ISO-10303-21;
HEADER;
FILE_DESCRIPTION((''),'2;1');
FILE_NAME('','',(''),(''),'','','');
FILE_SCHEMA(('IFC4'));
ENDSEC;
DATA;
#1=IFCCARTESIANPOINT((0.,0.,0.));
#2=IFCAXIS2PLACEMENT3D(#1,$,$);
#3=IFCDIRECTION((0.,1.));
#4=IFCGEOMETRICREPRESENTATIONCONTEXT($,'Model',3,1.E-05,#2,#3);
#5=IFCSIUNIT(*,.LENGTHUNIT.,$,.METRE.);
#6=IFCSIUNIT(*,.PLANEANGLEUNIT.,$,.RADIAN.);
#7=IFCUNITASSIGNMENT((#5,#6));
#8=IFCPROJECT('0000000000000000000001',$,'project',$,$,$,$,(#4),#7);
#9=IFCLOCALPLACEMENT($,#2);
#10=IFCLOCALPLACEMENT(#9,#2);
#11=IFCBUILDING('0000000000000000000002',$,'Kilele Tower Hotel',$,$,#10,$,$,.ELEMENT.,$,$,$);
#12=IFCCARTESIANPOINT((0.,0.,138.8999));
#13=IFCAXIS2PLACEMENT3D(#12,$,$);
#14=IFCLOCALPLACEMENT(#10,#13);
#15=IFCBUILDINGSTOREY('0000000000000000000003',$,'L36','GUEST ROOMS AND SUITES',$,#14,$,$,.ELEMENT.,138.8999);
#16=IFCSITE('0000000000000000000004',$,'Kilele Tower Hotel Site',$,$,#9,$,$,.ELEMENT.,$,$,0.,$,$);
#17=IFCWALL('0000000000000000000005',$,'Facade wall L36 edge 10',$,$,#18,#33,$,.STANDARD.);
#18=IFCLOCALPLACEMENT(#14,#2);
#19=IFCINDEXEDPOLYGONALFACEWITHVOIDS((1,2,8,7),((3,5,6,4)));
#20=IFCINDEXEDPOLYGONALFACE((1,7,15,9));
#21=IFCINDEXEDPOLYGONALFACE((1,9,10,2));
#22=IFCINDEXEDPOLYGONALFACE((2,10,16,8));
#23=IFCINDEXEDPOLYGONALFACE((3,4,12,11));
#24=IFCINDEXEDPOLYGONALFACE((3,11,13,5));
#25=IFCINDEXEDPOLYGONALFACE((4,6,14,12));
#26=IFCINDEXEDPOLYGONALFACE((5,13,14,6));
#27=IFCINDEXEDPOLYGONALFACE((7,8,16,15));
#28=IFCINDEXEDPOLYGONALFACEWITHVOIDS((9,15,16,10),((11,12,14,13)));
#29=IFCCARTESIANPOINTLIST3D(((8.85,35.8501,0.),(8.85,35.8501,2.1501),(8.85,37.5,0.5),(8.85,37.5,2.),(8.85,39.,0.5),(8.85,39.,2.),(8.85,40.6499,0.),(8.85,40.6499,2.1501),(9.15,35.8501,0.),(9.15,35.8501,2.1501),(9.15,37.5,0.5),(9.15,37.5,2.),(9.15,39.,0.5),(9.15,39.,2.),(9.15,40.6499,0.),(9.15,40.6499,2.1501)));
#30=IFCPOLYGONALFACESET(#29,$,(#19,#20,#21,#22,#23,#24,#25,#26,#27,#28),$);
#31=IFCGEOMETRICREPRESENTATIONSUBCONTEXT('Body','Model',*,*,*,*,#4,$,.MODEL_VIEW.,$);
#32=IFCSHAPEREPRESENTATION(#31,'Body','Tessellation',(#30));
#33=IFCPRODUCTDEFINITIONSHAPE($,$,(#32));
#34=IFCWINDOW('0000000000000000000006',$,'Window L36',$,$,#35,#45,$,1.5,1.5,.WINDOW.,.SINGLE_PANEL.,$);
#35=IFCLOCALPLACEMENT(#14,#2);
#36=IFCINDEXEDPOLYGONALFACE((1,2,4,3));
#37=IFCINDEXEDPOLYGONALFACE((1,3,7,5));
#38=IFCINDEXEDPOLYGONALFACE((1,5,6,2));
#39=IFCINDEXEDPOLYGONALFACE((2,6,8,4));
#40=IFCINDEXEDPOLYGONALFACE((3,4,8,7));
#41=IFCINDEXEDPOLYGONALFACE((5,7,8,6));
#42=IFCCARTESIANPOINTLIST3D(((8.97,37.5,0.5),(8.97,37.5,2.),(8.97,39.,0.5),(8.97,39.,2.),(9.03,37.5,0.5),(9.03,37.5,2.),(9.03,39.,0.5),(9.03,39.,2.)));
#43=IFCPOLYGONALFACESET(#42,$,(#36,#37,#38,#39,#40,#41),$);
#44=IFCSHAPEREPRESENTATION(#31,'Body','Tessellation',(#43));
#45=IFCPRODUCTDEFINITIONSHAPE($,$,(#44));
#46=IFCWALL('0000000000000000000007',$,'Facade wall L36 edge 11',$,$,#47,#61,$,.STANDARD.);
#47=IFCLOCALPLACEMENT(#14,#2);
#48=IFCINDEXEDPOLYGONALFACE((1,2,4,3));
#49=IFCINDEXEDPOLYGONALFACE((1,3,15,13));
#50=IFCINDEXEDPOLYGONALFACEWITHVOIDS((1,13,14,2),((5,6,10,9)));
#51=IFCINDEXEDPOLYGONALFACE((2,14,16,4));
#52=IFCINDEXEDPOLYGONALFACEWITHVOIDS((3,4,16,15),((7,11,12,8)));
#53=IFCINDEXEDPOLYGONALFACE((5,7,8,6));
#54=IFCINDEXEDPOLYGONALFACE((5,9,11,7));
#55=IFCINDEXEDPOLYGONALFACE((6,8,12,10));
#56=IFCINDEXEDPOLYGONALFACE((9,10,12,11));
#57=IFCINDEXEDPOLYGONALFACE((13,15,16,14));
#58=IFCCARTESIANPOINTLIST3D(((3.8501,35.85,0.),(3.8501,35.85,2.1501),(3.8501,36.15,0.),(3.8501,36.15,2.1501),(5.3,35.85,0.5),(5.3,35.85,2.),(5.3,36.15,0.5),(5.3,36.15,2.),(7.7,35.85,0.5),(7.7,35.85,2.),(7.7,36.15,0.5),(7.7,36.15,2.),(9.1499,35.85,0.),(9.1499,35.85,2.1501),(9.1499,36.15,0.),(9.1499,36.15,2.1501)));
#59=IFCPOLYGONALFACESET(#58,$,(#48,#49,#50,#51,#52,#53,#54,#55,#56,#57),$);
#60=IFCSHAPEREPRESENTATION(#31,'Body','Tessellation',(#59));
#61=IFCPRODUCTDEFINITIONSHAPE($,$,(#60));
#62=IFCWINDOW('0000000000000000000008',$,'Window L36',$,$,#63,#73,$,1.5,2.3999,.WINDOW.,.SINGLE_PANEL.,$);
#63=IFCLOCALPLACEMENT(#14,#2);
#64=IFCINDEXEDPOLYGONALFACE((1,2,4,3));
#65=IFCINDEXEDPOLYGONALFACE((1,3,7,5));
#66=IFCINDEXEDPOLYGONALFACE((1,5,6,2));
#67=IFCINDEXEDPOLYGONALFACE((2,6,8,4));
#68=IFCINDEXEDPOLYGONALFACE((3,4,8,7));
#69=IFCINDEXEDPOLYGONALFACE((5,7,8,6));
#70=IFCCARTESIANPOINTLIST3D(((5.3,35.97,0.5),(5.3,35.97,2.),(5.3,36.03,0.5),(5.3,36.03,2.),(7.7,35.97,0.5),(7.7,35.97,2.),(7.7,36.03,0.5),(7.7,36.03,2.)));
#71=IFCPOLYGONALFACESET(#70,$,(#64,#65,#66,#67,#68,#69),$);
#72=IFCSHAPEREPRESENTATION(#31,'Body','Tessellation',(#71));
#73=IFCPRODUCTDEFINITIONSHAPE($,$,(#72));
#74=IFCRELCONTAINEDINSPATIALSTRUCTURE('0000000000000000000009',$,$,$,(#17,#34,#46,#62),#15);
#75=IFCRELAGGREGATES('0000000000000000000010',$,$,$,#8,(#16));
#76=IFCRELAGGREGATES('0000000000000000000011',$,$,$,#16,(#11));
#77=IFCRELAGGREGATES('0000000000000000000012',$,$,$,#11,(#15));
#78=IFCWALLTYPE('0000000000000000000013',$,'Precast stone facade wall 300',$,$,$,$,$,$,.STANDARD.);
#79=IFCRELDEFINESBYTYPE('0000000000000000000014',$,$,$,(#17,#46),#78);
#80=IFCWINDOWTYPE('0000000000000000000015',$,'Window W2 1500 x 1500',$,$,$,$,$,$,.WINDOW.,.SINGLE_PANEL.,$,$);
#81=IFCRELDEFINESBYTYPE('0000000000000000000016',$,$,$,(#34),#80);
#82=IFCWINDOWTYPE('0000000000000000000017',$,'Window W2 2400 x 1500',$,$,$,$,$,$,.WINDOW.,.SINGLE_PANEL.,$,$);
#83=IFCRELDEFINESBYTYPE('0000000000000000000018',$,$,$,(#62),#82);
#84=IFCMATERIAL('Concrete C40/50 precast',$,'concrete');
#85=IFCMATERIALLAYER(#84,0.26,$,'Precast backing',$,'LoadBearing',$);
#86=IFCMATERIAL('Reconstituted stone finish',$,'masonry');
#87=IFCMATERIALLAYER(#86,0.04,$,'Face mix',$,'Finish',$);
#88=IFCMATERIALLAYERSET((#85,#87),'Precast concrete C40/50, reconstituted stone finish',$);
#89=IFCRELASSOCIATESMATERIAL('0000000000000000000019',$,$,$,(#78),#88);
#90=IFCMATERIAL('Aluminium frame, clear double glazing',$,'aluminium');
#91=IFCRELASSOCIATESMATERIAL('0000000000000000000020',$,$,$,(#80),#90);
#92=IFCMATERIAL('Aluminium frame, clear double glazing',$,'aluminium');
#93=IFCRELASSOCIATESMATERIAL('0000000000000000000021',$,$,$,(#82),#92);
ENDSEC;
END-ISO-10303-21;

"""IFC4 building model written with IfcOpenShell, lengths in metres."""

from ifc_helpers import new_model, si_unit, direction, frame, frame_2d, origin, place, context, subcontext, project, spatial, rectangle, extrude, material, layer, layer_set, type_object, element, fill, save


model = new_model("IFC4")

# Units and contexts
model_context = context("Model", 3, precision=1e-05, world=origin(), true_north=direction((0.0, 1.0)))
body_context = subcontext(model_context, "Body", "Model", "MODEL_VIEW")
ifc_project = project(units=[si_unit("LENGTHUNIT", "METRE"), si_unit("PLANEANGLEUNIT", "RADIAN")], contexts=[model_context])

# Site, building, storey
site_placement = place(None, origin())
site = spatial("IfcSite", under=ifc_project, at=site_placement, Name="Kilele Tower Hotel Site", CompositionType="ELEMENT", RefElevation=0.0)
building_placement = place(site_placement, origin())
building = spatial("IfcBuilding", under=site, at=building_placement, Name="Kilele Tower Hotel", CompositionType="ELEMENT")
storey_placement = place(building_placement, frame((0.0, 0.0, 138.8999)))
storey = spatial("IfcBuildingStorey", under=building, at=storey_placement, Name="L36", Description="GUEST ROOMS AND SUITES", CompositionType="ELEMENT", Elevation=138.8999)

# Walls, openings, windows
ifc_material_1 = material(Name="Concrete C40/50 precast", Category="concrete")
ifc_layer_1 = layer(ifc_material_1, 0.26, Name="Precast backing", Category="LoadBearing")
ifc_material_2 = material(Name="Reconstituted stone finish", Category="masonry")
ifc_layer_2 = layer(ifc_material_2, 0.04, Name="Face mix", Category="Finish")
ifc_layer_set_1 = layer_set([ifc_layer_1, ifc_layer_2], Name="Precast concrete C40/50, reconstituted stone finish")
wall_type_1 = type_object("IfcWallType", Name="Precast stone facade wall 300", PredefinedType="STANDARD", material=ifc_layer_set_1)
wall_1_placement = place(storey_placement, frame((9.0, 40.6499, 0.0), z_axis=(0.0, 0.0, 1.0), x_axis=(0.0, -1.0, 0.0)))
wall_1 = element("IfcWall", 1, at=wall_1_placement, inside=storey, type_object=wall_type_1, Name="Facade wall L36 edge 10", PredefinedType="STANDARD", context=body_context, shape_type="SweptSolid", body=[
    extrude(rectangle(XDim=4.7998, YDim=0.3, at=frame_2d((2.3999, 0.0))), origin(), (0.0, 0.0, 1.0), 2.1501),
])
opening_1_placement = place(wall_1_placement, frame((1.6499, 0.0, 0.5)))
opening_1 = element("IfcOpeningElement", 2, at=opening_1_placement, cuts=wall_1, PredefinedType="OPENING", context=body_context, shape_type="SweptSolid", body=[
    extrude(rectangle(XDim=1.5, YDim=1.5, at=frame_2d((0.75, 0.75))), frame((0.0, 0.1599, 0.0), z_axis=(0.0, -1.0, 0.0), x_axis=(1.0, 0.0, 0.0)), (0.0, 0.0, 1.0), 0.3201),
])
ifc_material_3 = material(Name="Aluminium frame, clear double glazing", Category="aluminium")
window_type_1 = type_object("IfcWindowType", Name="Window W2 1500 x 1500", PartitioningType="SINGLE_PANEL", PredefinedType="WINDOW", material=ifc_material_3)
window_1_placement = place(opening_1_placement, origin())
window_1 = element("IfcWindow", 3, at=window_1_placement, inside=storey, type_object=window_type_1, Name="Window L36", OverallHeight=1.5, OverallWidth=1.5, PartitioningType="SINGLE_PANEL", PredefinedType="WINDOW", context=body_context, shape_type="SweptSolid", body=[
    extrude(rectangle(XDim=1.5, YDim=1.5, at=frame_2d((0.75, 0.75))), frame((0.0, 0.03, 0.0), z_axis=(0.0, -1.0, 0.0), x_axis=(1.0, 0.0, 0.0)), (0.0, 0.0, 1.0), 0.0601),
])
fill(opening_1, window_1)
wall_2_placement = place(storey_placement, frame((9.1499, 36.0, 0.0), z_axis=(0.0, 0.0, 1.0), x_axis=(-1.0, 0.0, 0.0)))
wall_2 = element("IfcWall", 4, at=wall_2_placement, inside=storey, type_object=wall_type_1, Name="Facade wall L36 edge 11", PredefinedType="STANDARD", context=body_context, shape_type="SweptSolid", body=[
    extrude(rectangle(XDim=5.2998, YDim=0.3, at=frame_2d((2.6499, 0.0))), origin(), (0.0, 0.0, 1.0), 2.1501),
])
opening_2_placement = place(wall_2_placement, frame((1.45, 0.0, 0.5)))
opening_2 = element("IfcOpeningElement", 5, at=opening_2_placement, cuts=wall_2, PredefinedType="OPENING", context=body_context, shape_type="SweptSolid", body=[
    extrude(rectangle(XDim=2.3999, YDim=1.5, at=frame_2d((1.2, 0.75))), frame((0.0, 0.1599, 0.0), z_axis=(0.0, -1.0, 0.0), x_axis=(1.0, 0.0, 0.0)), (0.0, 0.0, 1.0), 0.3201),
])
ifc_material_4 = material(Name="Aluminium frame, clear double glazing", Category="aluminium")
window_type_2 = type_object("IfcWindowType", Name="Window W2 2400 x 1500", PartitioningType="SINGLE_PANEL", PredefinedType="WINDOW", material=ifc_material_4)
window_2_placement = place(opening_2_placement, origin())
window_2 = element("IfcWindow", 6, at=window_2_placement, inside=storey, type_object=window_type_2, Name="Window L36", OverallHeight=1.5, OverallWidth=2.3999, PartitioningType="SINGLE_PANEL", PredefinedType="WINDOW", context=body_context, shape_type="SweptSolid", body=[
    extrude(rectangle(XDim=2.3999, YDim=1.5, at=frame_2d((1.2, 0.75))), frame((0.0, 0.03, 0.0), z_axis=(0.0, -1.0, 0.0), x_axis=(1.0, 0.0, 0.0)), (0.0, 0.0, 1.0), 0.0601),
])
fill(opening_2, window_2)

save(model, "model.ifc")
